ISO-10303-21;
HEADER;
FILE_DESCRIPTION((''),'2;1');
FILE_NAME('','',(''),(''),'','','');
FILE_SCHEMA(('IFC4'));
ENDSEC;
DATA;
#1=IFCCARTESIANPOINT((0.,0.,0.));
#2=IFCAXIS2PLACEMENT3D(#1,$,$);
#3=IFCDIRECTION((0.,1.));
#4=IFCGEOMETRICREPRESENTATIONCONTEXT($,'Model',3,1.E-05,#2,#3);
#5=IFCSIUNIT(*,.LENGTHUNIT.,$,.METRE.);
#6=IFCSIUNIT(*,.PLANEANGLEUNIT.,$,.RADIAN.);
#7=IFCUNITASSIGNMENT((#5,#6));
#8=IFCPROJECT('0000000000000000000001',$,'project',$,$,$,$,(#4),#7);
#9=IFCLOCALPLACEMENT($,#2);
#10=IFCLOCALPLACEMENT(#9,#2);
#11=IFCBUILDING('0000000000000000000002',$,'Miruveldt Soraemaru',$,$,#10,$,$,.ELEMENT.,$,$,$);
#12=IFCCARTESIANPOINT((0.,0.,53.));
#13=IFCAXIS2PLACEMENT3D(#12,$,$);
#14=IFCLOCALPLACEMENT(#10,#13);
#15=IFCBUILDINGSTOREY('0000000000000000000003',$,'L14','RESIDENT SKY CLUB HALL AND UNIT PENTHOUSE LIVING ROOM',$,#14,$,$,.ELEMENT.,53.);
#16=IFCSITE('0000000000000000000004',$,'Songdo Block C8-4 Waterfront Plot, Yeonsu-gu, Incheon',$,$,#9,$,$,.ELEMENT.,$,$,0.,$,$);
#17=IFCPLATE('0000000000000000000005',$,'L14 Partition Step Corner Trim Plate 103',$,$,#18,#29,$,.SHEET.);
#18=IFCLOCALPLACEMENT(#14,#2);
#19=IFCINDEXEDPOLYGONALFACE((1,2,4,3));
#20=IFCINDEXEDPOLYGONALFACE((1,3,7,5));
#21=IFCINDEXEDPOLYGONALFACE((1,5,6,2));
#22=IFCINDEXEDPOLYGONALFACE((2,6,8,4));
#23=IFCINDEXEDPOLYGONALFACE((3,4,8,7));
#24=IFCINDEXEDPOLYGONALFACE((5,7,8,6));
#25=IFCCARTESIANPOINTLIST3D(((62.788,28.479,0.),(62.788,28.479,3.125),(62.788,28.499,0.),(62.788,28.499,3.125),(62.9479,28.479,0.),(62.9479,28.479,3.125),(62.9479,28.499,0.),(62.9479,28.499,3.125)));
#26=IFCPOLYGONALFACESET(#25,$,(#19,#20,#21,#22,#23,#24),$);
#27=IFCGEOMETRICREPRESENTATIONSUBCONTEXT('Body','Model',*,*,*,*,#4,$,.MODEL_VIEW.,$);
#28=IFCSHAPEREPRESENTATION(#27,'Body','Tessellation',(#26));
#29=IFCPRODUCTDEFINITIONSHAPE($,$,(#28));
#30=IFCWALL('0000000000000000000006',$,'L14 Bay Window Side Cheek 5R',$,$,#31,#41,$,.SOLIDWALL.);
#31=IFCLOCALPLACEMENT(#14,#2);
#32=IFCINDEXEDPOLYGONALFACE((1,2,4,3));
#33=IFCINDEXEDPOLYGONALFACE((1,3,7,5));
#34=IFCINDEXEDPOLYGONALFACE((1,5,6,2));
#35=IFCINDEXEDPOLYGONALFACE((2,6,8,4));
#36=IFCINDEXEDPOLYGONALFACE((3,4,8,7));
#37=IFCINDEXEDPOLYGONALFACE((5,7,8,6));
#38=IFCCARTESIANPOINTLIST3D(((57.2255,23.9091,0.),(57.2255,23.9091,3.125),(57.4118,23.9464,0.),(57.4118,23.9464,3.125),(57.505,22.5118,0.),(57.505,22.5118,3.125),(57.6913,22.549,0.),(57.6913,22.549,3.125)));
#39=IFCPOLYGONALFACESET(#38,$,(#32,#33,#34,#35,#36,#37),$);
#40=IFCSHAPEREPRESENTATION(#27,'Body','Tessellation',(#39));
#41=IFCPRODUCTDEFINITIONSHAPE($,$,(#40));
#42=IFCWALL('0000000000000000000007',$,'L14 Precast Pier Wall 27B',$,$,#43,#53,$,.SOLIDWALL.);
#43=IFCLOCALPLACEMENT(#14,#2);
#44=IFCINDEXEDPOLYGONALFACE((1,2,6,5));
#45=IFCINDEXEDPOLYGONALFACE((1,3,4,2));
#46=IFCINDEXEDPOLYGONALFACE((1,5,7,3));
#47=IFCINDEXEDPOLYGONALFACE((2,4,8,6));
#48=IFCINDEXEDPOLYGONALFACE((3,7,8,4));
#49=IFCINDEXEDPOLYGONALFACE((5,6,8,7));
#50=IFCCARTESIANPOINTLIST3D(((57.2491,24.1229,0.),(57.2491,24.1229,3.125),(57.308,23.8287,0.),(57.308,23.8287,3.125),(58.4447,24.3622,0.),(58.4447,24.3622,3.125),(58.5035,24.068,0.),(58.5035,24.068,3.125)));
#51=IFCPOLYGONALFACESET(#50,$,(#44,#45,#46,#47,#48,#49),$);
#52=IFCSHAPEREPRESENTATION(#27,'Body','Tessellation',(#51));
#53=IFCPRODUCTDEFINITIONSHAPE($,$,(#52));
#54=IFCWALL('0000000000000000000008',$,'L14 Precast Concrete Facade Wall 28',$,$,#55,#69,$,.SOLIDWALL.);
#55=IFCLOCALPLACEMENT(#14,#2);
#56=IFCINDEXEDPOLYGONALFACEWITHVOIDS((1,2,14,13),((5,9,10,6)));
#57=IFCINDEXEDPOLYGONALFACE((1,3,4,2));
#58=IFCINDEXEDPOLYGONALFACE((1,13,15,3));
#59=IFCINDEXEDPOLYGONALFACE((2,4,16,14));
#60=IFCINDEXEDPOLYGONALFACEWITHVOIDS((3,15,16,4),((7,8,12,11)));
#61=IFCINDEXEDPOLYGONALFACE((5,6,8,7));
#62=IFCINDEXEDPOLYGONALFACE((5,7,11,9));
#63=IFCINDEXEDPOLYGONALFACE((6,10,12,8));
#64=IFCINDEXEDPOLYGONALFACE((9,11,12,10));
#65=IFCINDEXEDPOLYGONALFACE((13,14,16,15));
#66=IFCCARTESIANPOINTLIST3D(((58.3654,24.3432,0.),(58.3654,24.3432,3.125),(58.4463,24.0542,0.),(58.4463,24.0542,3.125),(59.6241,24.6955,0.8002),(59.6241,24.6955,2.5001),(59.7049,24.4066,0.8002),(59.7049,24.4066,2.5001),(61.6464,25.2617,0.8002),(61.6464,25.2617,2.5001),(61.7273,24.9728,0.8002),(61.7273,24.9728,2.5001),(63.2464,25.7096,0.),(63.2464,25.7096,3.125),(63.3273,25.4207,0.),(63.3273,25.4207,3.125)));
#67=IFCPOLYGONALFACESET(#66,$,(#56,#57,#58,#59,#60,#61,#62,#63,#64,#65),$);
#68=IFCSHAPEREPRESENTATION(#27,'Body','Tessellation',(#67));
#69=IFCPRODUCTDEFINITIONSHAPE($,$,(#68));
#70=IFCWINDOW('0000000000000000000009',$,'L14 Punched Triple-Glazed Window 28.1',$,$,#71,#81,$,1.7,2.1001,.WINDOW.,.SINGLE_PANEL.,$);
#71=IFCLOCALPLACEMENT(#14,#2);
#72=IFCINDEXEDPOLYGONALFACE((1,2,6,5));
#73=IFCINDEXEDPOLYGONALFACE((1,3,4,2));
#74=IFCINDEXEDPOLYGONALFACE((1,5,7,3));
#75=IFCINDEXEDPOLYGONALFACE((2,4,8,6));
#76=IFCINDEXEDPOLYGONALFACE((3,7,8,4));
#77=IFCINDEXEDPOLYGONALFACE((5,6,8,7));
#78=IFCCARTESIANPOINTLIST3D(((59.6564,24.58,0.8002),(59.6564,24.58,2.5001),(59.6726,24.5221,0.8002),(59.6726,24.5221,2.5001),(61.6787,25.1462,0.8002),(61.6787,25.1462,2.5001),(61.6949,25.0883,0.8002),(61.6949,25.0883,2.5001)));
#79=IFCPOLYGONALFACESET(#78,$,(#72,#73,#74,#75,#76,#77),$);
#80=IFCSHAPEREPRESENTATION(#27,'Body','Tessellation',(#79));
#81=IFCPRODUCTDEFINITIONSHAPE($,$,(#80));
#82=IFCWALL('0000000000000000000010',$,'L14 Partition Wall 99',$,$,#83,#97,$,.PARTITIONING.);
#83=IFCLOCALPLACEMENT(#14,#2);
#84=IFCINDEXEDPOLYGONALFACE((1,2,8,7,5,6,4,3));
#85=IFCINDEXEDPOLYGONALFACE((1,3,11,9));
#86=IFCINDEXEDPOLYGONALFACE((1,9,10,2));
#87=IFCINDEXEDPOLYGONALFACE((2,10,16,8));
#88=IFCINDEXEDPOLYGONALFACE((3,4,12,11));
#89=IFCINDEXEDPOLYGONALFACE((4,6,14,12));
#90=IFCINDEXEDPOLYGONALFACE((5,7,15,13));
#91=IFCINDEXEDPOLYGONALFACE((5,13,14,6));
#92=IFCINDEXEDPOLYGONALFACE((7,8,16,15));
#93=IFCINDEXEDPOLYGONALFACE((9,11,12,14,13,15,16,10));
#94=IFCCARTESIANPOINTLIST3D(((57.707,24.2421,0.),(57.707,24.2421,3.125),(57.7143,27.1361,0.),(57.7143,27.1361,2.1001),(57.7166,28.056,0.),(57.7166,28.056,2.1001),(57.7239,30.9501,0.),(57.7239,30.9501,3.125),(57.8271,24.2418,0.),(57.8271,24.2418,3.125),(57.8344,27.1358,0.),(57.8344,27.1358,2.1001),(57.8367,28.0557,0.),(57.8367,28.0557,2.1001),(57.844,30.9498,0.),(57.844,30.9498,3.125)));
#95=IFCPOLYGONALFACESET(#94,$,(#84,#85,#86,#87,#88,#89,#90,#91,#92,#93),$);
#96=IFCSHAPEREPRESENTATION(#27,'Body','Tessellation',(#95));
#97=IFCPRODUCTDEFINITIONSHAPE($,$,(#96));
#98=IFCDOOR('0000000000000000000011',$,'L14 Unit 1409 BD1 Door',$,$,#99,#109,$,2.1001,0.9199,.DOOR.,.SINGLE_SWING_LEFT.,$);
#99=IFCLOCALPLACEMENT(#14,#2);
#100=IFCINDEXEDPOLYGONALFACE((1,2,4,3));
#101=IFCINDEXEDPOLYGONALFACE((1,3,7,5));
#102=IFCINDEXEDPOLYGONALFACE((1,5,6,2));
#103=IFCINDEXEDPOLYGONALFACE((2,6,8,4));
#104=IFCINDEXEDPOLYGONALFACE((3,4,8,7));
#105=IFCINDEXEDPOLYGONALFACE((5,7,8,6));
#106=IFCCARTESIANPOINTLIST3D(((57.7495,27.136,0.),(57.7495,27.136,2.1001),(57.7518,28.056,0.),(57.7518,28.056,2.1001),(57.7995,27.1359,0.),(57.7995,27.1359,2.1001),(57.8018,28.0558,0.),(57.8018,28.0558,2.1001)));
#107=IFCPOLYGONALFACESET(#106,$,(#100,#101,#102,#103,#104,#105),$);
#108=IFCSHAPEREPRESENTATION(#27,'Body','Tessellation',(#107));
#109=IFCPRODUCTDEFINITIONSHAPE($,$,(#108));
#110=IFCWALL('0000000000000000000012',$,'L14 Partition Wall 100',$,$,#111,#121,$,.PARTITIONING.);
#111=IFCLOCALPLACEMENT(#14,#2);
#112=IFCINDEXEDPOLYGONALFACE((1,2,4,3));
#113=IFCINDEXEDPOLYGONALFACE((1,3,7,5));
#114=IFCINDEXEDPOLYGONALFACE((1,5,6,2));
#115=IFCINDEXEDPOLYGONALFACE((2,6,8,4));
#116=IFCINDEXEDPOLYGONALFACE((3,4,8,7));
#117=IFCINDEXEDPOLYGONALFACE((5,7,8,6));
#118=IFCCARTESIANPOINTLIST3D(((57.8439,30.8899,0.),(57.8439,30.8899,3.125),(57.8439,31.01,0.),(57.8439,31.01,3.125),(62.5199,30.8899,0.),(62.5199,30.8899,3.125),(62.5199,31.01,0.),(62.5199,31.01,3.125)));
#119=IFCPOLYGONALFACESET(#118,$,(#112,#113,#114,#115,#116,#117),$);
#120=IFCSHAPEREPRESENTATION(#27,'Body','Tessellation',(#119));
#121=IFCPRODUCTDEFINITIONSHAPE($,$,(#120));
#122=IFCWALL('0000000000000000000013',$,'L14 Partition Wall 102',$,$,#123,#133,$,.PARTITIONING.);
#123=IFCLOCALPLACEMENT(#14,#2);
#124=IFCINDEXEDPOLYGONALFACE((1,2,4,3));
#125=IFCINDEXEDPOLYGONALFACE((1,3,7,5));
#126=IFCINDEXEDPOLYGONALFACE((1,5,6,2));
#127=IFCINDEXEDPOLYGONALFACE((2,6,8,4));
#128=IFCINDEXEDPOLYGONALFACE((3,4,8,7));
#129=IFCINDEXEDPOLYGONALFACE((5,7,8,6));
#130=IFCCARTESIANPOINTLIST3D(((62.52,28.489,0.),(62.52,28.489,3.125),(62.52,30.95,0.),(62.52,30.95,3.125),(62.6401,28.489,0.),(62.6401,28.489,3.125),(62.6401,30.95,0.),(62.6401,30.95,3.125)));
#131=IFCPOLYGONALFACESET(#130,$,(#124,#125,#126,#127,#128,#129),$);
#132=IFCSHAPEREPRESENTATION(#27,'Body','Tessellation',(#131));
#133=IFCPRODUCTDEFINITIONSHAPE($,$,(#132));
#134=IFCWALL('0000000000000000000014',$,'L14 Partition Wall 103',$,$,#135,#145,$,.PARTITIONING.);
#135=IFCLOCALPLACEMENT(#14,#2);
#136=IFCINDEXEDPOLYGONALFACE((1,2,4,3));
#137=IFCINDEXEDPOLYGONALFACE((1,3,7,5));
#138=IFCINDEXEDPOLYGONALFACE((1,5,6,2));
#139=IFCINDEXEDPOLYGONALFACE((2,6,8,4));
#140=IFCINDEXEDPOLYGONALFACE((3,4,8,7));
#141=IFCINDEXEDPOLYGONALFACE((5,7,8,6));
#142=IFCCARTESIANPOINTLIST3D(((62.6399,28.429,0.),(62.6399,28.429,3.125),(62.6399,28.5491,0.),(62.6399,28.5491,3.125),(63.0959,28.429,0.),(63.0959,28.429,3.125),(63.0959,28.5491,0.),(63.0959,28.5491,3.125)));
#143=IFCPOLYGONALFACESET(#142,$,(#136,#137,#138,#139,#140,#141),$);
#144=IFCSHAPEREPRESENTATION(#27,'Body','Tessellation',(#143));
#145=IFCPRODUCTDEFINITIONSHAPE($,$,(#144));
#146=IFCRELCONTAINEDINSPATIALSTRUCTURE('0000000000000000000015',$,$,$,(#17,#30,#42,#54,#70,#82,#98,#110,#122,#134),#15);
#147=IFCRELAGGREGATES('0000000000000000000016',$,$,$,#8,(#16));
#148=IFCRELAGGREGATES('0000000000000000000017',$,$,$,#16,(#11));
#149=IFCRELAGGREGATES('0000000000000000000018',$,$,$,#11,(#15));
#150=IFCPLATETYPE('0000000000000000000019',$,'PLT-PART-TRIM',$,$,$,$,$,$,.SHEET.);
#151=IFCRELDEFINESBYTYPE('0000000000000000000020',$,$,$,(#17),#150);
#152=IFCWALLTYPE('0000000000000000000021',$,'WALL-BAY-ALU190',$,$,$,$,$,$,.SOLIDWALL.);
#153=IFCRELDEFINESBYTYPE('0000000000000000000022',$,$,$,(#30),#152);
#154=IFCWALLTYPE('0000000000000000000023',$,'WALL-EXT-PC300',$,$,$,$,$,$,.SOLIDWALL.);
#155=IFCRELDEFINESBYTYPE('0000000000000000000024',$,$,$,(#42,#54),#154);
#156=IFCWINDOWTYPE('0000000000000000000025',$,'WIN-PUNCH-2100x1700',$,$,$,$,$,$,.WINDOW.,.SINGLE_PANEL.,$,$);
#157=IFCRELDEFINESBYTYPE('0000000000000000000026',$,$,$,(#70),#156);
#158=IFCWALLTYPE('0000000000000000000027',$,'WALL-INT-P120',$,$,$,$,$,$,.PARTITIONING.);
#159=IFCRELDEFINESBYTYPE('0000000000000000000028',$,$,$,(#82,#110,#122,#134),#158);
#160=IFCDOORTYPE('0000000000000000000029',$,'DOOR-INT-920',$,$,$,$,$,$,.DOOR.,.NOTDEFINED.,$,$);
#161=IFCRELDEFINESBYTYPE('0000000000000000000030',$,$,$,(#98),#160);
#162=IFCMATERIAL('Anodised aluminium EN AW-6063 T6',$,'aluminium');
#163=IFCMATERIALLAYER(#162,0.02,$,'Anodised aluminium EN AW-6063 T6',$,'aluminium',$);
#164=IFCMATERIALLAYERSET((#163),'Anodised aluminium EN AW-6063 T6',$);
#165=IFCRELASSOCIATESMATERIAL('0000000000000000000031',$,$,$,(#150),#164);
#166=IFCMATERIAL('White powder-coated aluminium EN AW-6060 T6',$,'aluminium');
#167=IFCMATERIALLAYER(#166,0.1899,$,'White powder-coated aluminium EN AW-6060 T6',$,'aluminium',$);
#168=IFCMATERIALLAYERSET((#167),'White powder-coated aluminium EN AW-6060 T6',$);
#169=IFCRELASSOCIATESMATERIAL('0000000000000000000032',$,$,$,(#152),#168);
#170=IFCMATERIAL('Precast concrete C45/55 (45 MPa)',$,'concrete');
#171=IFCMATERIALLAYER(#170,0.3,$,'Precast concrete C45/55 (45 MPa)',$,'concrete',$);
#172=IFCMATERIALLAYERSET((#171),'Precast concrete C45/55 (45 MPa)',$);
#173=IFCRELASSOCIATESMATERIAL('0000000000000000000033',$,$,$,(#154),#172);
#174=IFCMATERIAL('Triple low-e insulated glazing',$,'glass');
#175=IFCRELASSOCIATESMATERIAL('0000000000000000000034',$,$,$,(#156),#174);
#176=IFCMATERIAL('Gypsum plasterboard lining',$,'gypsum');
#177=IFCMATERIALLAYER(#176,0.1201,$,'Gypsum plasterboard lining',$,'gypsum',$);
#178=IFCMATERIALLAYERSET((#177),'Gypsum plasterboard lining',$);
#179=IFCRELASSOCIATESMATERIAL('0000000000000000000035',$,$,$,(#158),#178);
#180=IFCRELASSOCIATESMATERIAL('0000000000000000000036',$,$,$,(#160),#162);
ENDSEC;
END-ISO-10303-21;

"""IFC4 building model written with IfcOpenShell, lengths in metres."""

from ifc_helpers import new_model, si_unit, direction, frame, frame_2d, origin, origin_2d, place, context, subcontext, project, spatial, rectangle, extrude, material, layer, layer_set, type_object, element, fill, save


model = new_model("IFC4")

# Units and contexts
model_context = context("Model", 3, precision=1e-05, world=origin(), true_north=direction((0.0, 1.0)))
body_context = subcontext(model_context, "Body", "Model", "MODEL_VIEW")
ifc_project = project(units=[si_unit("LENGTHUNIT", "METRE"), si_unit("PLANEANGLEUNIT", "RADIAN")], contexts=[model_context])

# Site, building, storey
site_placement = place(None, origin())
site = spatial("IfcSite", under=ifc_project, at=site_placement, Name="Songdo Block C8-4 Waterfront Plot, Yeonsu-gu, Incheon", CompositionType="ELEMENT", RefElevation=0.0)
building_placement = place(site_placement, origin())
building = spatial("IfcBuilding", under=site, at=building_placement, Name="Miruveldt Soraemaru", CompositionType="ELEMENT")
storey_placement = place(building_placement, frame((0.0, 0.0, 53.0)))
storey = spatial("IfcBuildingStorey", under=building, at=storey_placement, Name="L14", Description="RESIDENT SKY CLUB HALL AND UNIT PENTHOUSE LIVING ROOM", CompositionType="ELEMENT", Elevation=53.0)

# Plate
ifc_material_1 = material(Name="Anodised aluminium EN AW-6063 T6", Category="aluminium")
ifc_layer_1 = layer(ifc_material_1, 0.02, Name="Anodised aluminium EN AW-6063 T6", Category="aluminium")
ifc_layer_set_1 = layer_set([ifc_layer_1], Name="Anodised aluminium EN AW-6063 T6")
plate_type = type_object("IfcPlateType", Name="PLT-PART-TRIM", PredefinedType="SHEET", material=ifc_layer_set_1)
plate_placement = place(storey_placement, frame((62.8679, 28.489, 0.0), z_axis=(0.0, 0.0, 1.0), x_axis=(1.0, 0.0, 0.0)))
element("IfcPlate", 1, at=plate_placement, inside=storey, type_object=plate_type, Name="L14 Partition Step Corner Trim Plate 103", PredefinedType="SHEET", context=body_context, shape_type="SweptSolid", body=[
    extrude(rectangle(XDim=0.1599, YDim=0.02, at=origin_2d()), origin(), (0.0, 0.0, 1.0), 3.125),
])

# Walls
ifc_material_2 = material(Name="White powder-coated aluminium EN AW-6060 T6", Category="aluminium")
ifc_layer_2 = layer(ifc_material_2, 0.1899, Name="White powder-coated aluminium EN AW-6060 T6", Category="aluminium")
ifc_layer_set_2 = layer_set([ifc_layer_2], Name="White powder-coated aluminium EN AW-6060 T6")
wall_type_1 = type_object("IfcWallType", Name="WALL-BAY-ALU190", PredefinedType="SOLIDWALL", material=ifc_layer_set_2)
wall_1_placement = place(storey_placement, frame((57.5981, 22.5305, 0.0), z_axis=(0.0, 0.0, 1.0), x_axis=(-0.196149, 0.980574, 0.0)))
element("IfcWall", 2, at=wall_1_placement, inside=storey, type_object=wall_type_1, Name="L14 Bay Window Side Cheek 5R", PredefinedType="SOLIDWALL", context=body_context, shape_type="SweptSolid", body=[
    extrude(rectangle(XDim=1.425, YDim=0.1899, at=frame_2d((0.7124, 0.0))), origin(), (0.0, 0.0, 1.0), 3.125),
])
ifc_material_3 = material(Name="Precast concrete C45/55 (45 MPa)", Category="concrete")
ifc_layer_3 = layer(ifc_material_3, 0.3, Name="Precast concrete C45/55 (45 MPa)", Category="concrete")
ifc_layer_set_3 = layer_set([ifc_layer_3], Name="Precast concrete C45/55 (45 MPa)")
wall_type_2 = type_object("IfcWallType", Name="WALL-EXT-PC300", PredefinedType="SOLIDWALL", material=ifc_layer_set_3)
wall_2_placement = place(storey_placement, frame((57.2786, 23.9758, 0.0), z_axis=(0.0, 0.0, 1.0), x_axis=(0.980558, 0.196232, 0.0)))
element("IfcWall", 3, at=wall_2_placement, inside=storey, type_object=wall_type_2, Name="L14 Precast Pier Wall 27B", PredefinedType="SOLIDWALL", context=body_context, shape_type="SweptSolid", body=[
    extrude(rectangle(XDim=1.2192, YDim=0.3, at=frame_2d((0.6096, 0.0))), origin(), (0.0, 0.0, 1.0), 3.125),
])

# Wall, opening, window
wall_3_placement = place(storey_placement, frame((58.406, 24.1987, 0.0), z_axis=(0.0, 0.0, 1.0), x_axis=(0.962974, 0.269596, 0.0)))
wall_3 = element("IfcWall", 4, at=wall_3_placement, inside=storey, type_object=wall_type_2, Name="L14 Precast Concrete Facade Wall 28", PredefinedType="SOLIDWALL", context=body_context, shape_type="SweptSolid", body=[
    extrude(rectangle(XDim=5.0686, YDim=0.3, at=frame_2d((2.5342, 0.0))), origin(), (0.0, 0.0, 1.0), 3.125),
])
opening_1_placement = place(wall_3_placement, frame((1.3069, 0.0, 0.8)))
opening_1 = element("IfcOpeningElement", 5, at=opening_1_placement, cuts=wall_3, PredefinedType="OPENING", context=body_context, shape_type="SweptSolid", body=[
    extrude(rectangle(XDim=2.1001, YDim=1.7, at=frame_2d((1.05, 0.8501))), frame((0.0, 0.1602, 0.0), z_axis=(0.0, -1.0, 0.0), x_axis=(1.0, 0.0, 0.0)), (0.0, 0.0, 1.0), 0.3201),
])
ifc_material_4 = material(Name="Triple low-e insulated glazing", Category="glass")
window_type = type_object("IfcWindowType", Name="WIN-PUNCH-2100x1700", PartitioningType="SINGLE_PANEL", PredefinedType="WINDOW", material=ifc_material_4)
window_placement = place(opening_1_placement, origin())
window = element("IfcWindow", 6, at=window_placement, inside=storey, type_object=window_type, Name="L14 Punched Triple-Glazed Window 28.1", OverallHeight=1.7, OverallWidth=2.1001, PartitioningType="SINGLE_PANEL", PredefinedType="WINDOW", context=body_context, shape_type="SweptSolid", body=[
    extrude(rectangle(XDim=2.1001, YDim=1.7, at=frame_2d((1.05, 0.8501))), frame((0.0, 0.03, 0.0), z_axis=(0.0, -1.0, 0.0), x_axis=(1.0, 0.0, 0.0)), (0.0, 0.0, 1.0), 0.0601),
])
fill(opening_1, window)

# Wall, opening, door
ifc_material_5 = material(Name="Gypsum plasterboard lining", Category="gypsum")
ifc_layer_4 = layer(ifc_material_5, 0.1201, Name="Gypsum plasterboard lining", Category="gypsum")
ifc_layer_set_4 = layer_set([ifc_layer_4], Name="Gypsum plasterboard lining")
wall_type_3 = type_object("IfcWallType", Name="WALL-INT-P120", PredefinedType="PARTITIONING", material=ifc_layer_set_4)
wall_4_placement = place(storey_placement, frame((57.7671, 24.2419, 0.0), z_axis=(0.0, 0.0, 1.0), x_axis=(0.002511, 0.999997, 0.0)))
wall_4 = element("IfcWall", 7, at=wall_4_placement, inside=storey, type_object=wall_type_3, Name="L14 Partition Wall 99", PredefinedType="PARTITIONING", context=body_context, shape_type="SweptSolid", body=[
    extrude(rectangle(XDim=6.708, YDim=0.1201, at=frame_2d((3.354, 0.0))), origin(), (0.0, 0.0, 1.0), 3.125),
])
opening_2_placement = place(wall_4_placement, frame((2.894, 0.0, 0.0)))
opening_2 = element("IfcOpeningElement", 8, at=opening_2_placement, cuts=wall_4, PredefinedType="OPENING", context=body_context, shape_type="SweptSolid", body=[
    extrude(rectangle(XDim=0.9199, YDim=2.1001, at=frame_2d((0.46, 1.05))), frame((0.0, 0.0701, 0.0), z_axis=(0.0, -1.0, 0.0), x_axis=(1.0, 0.0, 0.0)), (0.0, 0.0, 1.0), 0.1401),
])
door_type_1 = type_object("IfcDoorType", Name="DOOR-INT-920", OperationType="NOTDEFINED", PredefinedType="DOOR", material=ifc_material_1)
door_1_placement = place(opening_2_placement, origin())
door_1 = element("IfcDoor", 9, at=door_1_placement, inside=storey, type_object=door_type_1, Name="L14 Unit 1409 BD1 Door", OperationType="SINGLE_SWING_LEFT", OverallHeight=2.1001, OverallWidth=0.9199, PredefinedType="DOOR", context=body_context, shape_type="SweptSolid", body=[
    extrude(rectangle(XDim=0.9199, YDim=2.1001, at=frame_2d((0.46, 1.05))), frame((0.0, 0.0249, 0.0), z_axis=(0.0, -1.0, 0.0), x_axis=(1.0, 0.0, 0.0)), (0.0, 0.0, 1.0), 0.05),
])
fill(opening_2, door_1)

# Walls
wall_5_placement = place(storey_placement, frame((57.844, 30.95, 0.0), z_axis=(0.0, 0.0, 1.0), x_axis=(1.0, 0.0, 0.0)))
element("IfcWall", 10, at=wall_5_placement, inside=storey, type_object=wall_type_3, Name="L14 Partition Wall 100", PredefinedType="PARTITIONING", context=body_context, shape_type="SweptSolid", body=[
    extrude(rectangle(XDim=4.676, YDim=0.1201, at=frame_2d((2.3379, 0.0))), origin(), (0.0, 0.0, 1.0), 3.125),
])
wall_6_placement = place(storey_placement, frame((62.5801, 30.95, 0.0), z_axis=(0.0, 0.0, 1.0), x_axis=(0.0, -1.0, 0.0)))
element("IfcWall", 11, at=wall_6_placement, inside=storey, type_object=wall_type_3, Name="L14 Partition Wall 102", PredefinedType="PARTITIONING", context=body_context, shape_type="SweptSolid", body=[
    extrude(rectangle(XDim=2.4609, YDim=0.1201, at=frame_2d((1.2305, 0.0))), origin(), (0.0, 0.0, 1.0), 3.125),
])
wall_7_placement = place(storey_placement, frame((62.6399, 28.489, 0.0), z_axis=(0.0, 0.0, 1.0), x_axis=(1.0, 0.0, 0.0)))
element("IfcWall", 12, at=wall_7_placement, inside=storey, type_object=wall_type_3, Name="L14 Partition Wall 103", PredefinedType="PARTITIONING", context=body_context, shape_type="SweptSolid", body=[
    extrude(rectangle(XDim=0.4561, YDim=0.1201, at=frame_2d((0.228, 0.0))), origin(), (0.0, 0.0, 1.0), 3.125),
])

save(model, "model.ifc")
